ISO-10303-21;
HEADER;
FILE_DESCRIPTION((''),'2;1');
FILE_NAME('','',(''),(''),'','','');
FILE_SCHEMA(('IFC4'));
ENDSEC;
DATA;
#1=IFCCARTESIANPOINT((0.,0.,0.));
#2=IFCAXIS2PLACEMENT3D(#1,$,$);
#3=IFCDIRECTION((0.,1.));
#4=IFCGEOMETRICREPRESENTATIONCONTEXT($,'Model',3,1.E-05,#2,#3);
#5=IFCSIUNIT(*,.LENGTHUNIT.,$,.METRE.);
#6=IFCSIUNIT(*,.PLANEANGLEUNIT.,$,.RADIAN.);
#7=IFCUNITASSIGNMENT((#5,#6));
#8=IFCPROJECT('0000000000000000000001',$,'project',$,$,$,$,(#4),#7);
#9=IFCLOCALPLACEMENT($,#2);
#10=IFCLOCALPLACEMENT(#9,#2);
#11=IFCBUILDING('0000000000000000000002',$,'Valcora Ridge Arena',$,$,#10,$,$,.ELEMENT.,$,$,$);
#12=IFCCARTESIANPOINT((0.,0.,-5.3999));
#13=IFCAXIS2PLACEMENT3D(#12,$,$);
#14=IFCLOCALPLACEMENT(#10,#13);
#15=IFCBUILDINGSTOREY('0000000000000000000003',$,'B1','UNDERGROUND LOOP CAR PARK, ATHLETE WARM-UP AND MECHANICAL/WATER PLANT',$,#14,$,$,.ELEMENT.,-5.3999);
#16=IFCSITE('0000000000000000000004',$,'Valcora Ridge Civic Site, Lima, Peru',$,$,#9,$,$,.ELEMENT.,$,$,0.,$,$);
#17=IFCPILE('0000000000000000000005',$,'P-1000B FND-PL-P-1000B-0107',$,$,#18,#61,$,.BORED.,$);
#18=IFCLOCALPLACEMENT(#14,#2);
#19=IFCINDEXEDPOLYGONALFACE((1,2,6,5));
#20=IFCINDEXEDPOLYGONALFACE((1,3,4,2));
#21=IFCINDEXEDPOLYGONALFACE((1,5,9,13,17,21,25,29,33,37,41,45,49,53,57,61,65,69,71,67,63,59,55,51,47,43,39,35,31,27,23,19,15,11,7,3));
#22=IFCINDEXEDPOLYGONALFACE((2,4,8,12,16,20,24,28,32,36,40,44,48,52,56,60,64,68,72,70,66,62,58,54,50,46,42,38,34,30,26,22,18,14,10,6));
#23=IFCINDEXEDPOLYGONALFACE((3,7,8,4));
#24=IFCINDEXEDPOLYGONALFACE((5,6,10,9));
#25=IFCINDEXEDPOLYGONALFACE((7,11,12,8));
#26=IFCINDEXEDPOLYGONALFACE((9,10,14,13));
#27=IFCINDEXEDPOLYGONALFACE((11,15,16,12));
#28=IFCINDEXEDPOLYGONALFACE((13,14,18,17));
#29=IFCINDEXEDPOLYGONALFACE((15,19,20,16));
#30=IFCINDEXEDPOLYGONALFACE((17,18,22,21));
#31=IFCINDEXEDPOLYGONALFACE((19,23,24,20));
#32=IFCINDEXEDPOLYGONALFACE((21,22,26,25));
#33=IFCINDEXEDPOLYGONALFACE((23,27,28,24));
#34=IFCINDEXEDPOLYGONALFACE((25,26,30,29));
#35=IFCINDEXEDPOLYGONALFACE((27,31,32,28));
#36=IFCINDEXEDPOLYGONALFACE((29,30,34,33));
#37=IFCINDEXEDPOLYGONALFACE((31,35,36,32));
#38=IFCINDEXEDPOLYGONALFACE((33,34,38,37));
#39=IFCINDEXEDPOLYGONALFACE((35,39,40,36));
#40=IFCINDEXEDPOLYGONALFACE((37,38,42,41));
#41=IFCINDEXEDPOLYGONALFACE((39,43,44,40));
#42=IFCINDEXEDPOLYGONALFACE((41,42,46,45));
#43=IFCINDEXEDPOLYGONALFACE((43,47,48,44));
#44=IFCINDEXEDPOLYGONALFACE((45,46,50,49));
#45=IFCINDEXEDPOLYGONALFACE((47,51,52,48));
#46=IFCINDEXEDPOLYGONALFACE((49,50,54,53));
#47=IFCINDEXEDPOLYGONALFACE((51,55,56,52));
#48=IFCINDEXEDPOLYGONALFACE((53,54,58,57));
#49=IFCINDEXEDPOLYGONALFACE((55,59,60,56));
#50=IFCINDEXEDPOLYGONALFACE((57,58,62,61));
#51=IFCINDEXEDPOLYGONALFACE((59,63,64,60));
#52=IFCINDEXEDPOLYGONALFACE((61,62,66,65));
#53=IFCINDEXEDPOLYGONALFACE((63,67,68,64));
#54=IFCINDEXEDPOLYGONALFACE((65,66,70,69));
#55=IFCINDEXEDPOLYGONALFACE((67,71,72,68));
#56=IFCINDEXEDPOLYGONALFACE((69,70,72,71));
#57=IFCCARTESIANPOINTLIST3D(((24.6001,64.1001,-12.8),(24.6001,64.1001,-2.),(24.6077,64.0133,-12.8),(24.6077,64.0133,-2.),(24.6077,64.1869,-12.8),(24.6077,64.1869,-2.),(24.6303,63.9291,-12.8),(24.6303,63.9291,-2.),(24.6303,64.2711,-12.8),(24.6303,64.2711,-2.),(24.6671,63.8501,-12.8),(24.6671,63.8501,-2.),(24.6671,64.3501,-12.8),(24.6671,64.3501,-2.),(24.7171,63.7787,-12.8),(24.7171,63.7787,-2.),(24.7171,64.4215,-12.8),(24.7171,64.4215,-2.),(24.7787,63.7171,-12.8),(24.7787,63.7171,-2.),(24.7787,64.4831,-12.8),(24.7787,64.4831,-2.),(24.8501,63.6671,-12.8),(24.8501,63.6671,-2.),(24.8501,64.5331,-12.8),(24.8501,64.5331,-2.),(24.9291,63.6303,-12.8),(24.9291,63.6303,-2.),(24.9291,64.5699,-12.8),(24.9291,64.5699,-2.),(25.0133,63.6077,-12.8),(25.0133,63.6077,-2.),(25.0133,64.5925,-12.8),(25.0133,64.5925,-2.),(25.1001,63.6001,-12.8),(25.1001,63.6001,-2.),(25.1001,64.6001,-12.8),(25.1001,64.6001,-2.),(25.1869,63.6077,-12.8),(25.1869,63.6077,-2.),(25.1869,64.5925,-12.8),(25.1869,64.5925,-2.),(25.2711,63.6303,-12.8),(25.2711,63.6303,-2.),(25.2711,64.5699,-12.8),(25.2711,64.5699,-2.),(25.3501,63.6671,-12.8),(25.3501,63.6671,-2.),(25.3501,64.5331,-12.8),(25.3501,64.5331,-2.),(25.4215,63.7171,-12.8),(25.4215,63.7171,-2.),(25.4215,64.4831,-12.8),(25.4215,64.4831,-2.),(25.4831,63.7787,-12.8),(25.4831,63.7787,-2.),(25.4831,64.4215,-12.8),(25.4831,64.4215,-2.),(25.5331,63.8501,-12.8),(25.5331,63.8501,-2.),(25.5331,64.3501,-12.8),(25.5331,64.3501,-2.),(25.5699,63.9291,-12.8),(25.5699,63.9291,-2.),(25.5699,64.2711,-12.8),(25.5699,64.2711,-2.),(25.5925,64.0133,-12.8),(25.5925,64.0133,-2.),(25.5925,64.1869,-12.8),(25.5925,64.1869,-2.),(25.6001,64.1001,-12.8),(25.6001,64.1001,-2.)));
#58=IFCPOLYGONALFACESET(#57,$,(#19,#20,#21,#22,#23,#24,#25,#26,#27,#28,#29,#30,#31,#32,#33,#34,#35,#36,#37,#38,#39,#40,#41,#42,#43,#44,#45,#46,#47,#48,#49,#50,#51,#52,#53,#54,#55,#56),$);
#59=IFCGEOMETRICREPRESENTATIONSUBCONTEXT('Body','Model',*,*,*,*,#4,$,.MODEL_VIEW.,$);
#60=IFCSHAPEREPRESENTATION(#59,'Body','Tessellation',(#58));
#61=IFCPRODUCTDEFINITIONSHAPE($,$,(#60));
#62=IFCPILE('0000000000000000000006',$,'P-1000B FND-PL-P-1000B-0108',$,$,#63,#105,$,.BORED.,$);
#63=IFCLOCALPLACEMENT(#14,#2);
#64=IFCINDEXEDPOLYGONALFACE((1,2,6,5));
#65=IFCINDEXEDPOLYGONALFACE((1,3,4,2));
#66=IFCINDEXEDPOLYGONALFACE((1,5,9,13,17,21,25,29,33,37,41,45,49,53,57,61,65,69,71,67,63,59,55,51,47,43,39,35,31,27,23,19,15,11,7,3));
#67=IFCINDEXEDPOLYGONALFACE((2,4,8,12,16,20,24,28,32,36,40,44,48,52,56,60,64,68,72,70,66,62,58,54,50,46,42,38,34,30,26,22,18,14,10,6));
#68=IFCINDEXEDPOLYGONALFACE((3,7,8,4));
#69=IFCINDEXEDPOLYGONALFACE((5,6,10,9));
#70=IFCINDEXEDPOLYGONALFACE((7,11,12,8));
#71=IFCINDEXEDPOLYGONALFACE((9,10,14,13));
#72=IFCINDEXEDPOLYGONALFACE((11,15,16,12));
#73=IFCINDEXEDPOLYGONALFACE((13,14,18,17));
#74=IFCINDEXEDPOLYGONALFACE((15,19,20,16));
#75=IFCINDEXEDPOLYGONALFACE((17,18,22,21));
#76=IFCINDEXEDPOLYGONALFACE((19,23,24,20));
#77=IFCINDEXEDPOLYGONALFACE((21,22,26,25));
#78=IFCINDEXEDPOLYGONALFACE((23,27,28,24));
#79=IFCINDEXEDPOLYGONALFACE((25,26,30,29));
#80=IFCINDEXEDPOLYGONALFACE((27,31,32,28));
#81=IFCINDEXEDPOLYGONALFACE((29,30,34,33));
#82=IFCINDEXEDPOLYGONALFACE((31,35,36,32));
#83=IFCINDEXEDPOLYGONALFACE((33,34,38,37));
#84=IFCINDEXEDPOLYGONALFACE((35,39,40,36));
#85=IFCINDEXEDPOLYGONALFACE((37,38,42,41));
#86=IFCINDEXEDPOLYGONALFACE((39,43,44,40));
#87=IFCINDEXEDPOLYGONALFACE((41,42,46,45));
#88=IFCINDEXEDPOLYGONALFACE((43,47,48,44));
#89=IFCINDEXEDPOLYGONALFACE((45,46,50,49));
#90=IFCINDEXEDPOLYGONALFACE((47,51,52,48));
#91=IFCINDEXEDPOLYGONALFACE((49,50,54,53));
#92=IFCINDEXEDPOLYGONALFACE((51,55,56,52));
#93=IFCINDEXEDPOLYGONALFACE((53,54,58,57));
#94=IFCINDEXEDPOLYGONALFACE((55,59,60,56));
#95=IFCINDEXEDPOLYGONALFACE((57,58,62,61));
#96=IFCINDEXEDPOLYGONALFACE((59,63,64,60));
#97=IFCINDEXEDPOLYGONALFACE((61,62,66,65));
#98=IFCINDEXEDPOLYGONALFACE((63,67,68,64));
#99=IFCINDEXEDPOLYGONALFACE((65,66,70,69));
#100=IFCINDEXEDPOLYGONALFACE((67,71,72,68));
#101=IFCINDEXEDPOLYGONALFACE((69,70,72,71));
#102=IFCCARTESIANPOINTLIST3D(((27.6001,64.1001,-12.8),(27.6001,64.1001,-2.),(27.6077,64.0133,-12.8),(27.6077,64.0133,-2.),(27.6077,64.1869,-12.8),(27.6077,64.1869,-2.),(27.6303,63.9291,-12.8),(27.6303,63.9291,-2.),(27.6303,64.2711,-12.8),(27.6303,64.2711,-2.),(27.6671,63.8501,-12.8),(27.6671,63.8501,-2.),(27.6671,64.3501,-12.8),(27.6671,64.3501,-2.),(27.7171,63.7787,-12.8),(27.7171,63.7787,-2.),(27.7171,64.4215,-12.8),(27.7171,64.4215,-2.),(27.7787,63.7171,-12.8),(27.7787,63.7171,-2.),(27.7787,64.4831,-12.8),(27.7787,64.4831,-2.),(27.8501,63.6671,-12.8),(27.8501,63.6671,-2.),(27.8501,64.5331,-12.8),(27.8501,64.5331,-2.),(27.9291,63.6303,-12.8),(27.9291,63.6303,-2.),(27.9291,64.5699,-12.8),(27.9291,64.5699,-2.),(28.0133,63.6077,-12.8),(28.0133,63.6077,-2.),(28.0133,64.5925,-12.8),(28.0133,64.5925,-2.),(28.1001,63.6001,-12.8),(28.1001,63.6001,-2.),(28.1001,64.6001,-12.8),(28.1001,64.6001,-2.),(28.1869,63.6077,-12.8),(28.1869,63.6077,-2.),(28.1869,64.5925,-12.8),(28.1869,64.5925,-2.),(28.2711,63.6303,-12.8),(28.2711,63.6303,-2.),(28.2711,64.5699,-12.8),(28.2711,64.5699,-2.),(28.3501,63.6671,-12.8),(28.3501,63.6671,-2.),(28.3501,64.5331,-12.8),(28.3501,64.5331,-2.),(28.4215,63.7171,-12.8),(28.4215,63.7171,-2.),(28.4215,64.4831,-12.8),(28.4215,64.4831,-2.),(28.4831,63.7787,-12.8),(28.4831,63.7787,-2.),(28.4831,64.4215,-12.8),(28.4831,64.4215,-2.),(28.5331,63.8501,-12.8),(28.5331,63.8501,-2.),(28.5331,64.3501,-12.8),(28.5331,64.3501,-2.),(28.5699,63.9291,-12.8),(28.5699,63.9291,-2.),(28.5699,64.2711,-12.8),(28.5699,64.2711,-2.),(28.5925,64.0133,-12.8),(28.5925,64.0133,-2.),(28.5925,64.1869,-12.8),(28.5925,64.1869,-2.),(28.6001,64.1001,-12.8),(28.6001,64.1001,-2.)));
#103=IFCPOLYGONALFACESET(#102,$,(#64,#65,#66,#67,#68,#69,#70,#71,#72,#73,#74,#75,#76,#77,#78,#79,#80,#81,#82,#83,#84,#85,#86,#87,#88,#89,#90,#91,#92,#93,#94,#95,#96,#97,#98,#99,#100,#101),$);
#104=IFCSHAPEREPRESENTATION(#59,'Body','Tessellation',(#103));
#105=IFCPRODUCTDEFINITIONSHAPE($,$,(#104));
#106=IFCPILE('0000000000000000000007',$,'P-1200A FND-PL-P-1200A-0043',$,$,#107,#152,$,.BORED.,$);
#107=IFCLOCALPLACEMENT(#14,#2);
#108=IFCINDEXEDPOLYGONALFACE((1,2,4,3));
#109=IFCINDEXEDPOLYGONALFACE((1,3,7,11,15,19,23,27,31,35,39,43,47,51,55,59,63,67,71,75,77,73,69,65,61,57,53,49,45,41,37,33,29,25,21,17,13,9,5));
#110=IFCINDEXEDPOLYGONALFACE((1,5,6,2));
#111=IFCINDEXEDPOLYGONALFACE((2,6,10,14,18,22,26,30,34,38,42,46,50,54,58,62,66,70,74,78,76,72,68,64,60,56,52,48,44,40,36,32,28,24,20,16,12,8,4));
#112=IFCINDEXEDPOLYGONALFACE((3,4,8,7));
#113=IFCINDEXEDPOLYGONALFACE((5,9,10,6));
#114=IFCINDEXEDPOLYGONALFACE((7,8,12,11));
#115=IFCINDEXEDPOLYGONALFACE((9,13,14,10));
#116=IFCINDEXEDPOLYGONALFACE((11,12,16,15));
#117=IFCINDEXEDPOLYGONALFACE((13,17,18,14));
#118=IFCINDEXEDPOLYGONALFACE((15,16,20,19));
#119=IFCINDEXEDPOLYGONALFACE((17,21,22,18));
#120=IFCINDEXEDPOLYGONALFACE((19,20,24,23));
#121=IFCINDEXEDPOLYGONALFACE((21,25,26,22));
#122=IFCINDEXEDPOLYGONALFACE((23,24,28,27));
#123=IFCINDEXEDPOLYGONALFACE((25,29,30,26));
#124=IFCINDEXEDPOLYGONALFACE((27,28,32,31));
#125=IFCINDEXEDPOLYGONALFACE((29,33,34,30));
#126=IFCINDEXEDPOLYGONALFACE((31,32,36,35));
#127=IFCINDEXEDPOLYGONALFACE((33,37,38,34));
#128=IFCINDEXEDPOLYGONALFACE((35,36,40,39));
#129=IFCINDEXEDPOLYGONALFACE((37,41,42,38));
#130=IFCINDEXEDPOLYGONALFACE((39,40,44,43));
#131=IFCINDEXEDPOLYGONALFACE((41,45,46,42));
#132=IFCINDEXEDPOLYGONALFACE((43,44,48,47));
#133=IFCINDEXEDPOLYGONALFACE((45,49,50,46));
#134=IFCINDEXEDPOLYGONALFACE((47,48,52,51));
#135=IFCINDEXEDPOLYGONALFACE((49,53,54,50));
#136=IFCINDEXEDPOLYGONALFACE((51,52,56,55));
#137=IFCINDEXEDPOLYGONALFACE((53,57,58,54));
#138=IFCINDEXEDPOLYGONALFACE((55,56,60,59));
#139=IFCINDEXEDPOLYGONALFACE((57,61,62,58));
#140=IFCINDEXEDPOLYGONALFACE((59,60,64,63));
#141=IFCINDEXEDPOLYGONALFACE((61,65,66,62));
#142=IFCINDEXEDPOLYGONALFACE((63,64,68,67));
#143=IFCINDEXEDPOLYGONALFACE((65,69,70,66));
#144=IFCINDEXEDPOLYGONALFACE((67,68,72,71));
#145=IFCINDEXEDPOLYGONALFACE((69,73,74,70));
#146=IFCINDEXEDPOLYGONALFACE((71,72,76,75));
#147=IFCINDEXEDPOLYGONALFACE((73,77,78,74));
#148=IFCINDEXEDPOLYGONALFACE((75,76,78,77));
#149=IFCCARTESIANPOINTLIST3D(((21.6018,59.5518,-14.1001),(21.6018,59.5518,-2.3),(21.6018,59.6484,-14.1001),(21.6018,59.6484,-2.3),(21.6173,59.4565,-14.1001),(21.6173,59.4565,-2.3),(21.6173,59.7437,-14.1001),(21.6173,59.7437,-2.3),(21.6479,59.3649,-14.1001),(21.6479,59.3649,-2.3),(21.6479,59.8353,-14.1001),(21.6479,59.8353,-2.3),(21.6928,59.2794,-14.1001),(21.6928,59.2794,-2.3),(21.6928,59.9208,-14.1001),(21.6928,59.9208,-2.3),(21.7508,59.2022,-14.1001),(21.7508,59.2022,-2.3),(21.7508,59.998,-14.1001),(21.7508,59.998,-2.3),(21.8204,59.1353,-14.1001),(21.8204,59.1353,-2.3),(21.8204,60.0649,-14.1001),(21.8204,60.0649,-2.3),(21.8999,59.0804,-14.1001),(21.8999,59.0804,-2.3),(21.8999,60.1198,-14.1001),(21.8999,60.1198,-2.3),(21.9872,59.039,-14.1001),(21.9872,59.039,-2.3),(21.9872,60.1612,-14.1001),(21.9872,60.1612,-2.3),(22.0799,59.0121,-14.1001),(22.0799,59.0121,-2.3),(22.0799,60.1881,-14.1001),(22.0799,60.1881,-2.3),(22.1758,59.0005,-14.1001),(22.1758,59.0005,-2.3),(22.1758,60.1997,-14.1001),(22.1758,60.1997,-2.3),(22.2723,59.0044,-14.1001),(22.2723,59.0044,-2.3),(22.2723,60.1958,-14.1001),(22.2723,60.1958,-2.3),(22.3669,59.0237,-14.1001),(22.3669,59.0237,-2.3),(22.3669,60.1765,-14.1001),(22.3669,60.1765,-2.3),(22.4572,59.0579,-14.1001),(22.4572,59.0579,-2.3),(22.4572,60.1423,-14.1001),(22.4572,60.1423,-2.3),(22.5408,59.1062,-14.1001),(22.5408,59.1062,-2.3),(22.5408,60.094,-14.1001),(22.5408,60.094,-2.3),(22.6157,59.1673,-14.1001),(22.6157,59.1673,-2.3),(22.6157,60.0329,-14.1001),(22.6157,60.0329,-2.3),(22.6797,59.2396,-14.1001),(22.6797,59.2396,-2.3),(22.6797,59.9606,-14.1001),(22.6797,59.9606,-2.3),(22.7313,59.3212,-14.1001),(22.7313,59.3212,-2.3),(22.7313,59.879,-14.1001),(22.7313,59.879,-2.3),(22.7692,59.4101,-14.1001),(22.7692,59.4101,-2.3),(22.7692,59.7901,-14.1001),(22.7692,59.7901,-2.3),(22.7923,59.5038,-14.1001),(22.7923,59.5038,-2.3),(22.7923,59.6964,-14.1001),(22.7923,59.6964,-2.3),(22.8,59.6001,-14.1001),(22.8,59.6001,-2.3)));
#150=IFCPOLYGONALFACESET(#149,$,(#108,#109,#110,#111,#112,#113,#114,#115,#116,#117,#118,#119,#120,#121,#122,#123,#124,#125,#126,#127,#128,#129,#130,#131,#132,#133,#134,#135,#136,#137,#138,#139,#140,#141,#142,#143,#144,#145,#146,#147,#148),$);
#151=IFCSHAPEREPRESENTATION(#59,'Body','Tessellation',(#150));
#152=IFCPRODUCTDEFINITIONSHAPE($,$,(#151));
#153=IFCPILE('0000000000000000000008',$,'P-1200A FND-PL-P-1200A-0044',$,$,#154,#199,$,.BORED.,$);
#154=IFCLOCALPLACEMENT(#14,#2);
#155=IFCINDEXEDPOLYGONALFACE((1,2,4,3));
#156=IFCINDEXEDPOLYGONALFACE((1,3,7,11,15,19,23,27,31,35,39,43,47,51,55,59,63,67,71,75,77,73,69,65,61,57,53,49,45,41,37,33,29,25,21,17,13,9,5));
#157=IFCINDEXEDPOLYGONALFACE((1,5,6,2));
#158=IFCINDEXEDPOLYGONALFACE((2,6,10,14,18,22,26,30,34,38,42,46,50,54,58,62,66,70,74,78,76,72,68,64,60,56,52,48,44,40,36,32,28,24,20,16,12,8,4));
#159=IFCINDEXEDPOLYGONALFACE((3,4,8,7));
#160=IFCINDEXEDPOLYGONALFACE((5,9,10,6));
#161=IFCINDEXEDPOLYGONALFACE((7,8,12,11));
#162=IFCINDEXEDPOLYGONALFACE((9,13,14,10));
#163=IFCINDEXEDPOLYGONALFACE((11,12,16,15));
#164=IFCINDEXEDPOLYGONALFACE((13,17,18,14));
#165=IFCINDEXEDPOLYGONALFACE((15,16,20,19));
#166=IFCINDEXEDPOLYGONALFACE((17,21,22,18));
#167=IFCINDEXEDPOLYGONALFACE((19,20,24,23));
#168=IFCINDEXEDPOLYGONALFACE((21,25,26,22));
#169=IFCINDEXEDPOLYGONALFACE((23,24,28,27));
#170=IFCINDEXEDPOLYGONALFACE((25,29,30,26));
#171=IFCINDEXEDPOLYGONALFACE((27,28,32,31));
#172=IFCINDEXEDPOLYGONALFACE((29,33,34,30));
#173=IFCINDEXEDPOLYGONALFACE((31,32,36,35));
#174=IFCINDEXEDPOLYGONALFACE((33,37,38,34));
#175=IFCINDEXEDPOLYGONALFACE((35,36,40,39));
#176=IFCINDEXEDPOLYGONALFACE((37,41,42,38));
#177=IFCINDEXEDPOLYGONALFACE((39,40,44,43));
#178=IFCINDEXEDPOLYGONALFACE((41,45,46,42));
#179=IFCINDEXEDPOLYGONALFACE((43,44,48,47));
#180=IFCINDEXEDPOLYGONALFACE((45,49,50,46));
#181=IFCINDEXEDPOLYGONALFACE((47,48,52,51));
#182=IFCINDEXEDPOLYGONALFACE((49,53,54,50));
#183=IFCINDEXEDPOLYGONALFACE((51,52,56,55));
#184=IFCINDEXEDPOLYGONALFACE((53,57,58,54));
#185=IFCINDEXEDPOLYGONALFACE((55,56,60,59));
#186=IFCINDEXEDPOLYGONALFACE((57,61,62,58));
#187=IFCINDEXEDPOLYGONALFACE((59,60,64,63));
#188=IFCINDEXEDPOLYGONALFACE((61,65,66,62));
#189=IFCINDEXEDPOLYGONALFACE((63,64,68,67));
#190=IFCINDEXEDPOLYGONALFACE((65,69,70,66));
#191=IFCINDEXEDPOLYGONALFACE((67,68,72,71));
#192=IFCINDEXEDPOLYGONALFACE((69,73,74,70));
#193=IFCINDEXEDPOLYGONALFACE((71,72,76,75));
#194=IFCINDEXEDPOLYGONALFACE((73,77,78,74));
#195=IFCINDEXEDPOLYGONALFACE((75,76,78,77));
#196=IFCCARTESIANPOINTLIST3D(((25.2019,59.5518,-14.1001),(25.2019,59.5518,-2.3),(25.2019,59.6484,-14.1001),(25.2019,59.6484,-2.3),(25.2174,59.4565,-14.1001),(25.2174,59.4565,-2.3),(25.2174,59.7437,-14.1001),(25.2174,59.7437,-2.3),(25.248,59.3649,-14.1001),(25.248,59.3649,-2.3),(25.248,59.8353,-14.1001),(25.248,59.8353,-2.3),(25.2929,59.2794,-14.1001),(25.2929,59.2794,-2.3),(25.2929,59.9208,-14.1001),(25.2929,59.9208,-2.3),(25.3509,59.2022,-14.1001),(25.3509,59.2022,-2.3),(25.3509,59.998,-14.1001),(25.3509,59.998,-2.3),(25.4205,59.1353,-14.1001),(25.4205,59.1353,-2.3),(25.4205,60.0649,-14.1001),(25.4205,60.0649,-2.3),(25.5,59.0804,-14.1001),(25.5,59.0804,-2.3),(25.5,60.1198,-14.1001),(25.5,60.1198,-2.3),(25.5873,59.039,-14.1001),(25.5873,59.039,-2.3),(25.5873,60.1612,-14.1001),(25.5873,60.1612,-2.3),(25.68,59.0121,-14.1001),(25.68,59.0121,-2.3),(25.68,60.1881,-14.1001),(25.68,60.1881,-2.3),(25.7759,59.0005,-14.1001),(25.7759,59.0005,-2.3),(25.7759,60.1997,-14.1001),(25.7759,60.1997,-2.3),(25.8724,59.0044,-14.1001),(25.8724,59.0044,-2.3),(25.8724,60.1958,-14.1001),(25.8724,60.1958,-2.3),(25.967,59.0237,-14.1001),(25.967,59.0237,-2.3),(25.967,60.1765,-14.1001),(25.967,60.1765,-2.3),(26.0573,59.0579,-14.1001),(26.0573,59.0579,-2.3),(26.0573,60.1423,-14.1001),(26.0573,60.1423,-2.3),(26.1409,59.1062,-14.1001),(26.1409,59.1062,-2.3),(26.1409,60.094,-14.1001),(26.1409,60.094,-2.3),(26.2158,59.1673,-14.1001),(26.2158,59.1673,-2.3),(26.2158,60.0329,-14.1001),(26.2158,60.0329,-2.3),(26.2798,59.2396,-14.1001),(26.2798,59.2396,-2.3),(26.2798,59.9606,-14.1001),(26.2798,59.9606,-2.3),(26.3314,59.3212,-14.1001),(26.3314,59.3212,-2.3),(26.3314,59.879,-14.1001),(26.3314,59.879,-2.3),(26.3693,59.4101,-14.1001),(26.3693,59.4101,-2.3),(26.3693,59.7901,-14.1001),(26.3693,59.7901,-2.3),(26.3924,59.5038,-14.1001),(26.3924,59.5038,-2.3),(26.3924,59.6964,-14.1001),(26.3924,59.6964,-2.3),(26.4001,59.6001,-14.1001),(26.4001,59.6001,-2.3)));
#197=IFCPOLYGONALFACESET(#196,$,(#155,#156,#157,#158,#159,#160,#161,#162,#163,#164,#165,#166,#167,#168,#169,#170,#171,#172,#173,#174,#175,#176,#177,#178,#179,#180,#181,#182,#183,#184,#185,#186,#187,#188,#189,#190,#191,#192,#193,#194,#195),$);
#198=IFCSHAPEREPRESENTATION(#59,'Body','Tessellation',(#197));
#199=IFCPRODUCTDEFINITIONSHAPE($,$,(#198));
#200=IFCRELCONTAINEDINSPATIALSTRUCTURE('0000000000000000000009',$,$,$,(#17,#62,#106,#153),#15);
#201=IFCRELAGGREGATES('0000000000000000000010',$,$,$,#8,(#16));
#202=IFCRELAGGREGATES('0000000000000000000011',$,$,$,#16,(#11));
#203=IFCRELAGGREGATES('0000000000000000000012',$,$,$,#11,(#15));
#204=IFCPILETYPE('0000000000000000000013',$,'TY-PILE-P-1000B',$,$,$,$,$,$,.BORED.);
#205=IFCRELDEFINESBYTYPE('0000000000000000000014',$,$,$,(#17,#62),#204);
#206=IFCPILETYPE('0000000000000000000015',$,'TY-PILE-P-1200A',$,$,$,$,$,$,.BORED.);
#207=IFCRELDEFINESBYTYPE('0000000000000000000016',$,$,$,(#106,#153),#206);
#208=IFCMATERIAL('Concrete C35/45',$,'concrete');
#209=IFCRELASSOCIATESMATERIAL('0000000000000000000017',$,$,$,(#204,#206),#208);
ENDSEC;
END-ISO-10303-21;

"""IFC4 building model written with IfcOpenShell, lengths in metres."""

from ifc_helpers import new_model, si_unit, direction, frame, origin, origin_2d, place, context, subcontext, project, spatial, circle, extrude, material, material_profile, profile_set, type_object, element, save


model = new_model("IFC4")

# Units and contexts
model_context = context("Model", 3, precision=1e-05, world=origin(), true_north=direction((0.0, 1.0)))
body_context = subcontext(model_context, "Body", "Model", "MODEL_VIEW")
ifc_project = project(units=[si_unit("LENGTHUNIT", "METRE"), si_unit("PLANEANGLEUNIT", "RADIAN")], contexts=[model_context])

# Site, building, storey
site_placement = place(None, origin())
site = spatial("IfcSite", under=ifc_project, at=site_placement, Name="Valcora Ridge Civic Site, Lima, Peru", CompositionType="ELEMENT", RefElevation=0.0)
building_placement = place(site_placement, origin())
building = spatial("IfcBuilding", under=site, at=building_placement, Name="Valcora Ridge Arena", CompositionType="ELEMENT")
storey_placement = place(building_placement, frame((0.0, 0.0, -5.3999)))
storey = spatial("IfcBuildingStorey", under=building, at=storey_placement, Name="B1", Description="UNDERGROUND LOOP CAR PARK, ATHLETE WARM-UP AND MECHANICAL/WATER PLANT", CompositionType="ELEMENT", Elevation=-5.3999)

# Piles
ifc_material_1 = material(Name="Concrete C35/45", Category="concrete")
ifc_material_profile_1 = material_profile(ifc_material_1, circle(Radius=0.5, at=origin_2d()), Name="BORED PILE D1000")
ifc_profile_set_1 = profile_set([ifc_material_profile_1], Name="Concrete C35/45")
pile_type_1 = type_object("IfcPileType", Name="TY-PILE-P-1000B", PredefinedType="BORED", material=ifc_profile_set_1)
for number, where, z_axis, x_axis, name in (
    (1, (25.1001, 64.1001, -2.0), (0.0, 0.0, -1.0), (1.0, 0.0, 0.0), "P-1000B FND-PL-P-1000B-0107"),
    (2, (28.1001, 64.1001, -2.0), (0.0, 0.0, -1.0), (1.0, 0.0, 0.0), "P-1000B FND-PL-P-1000B-0108"),
):
    element("IfcPile", number, at=place(storey_placement, frame(where, z_axis=z_axis, x_axis=x_axis)), inside=storey, type_object=pile_type_1, Name=name, PredefinedType="BORED", context=body_context, shape_type="SweptSolid", body=[
        extrude(circle(Radius=0.5, at=origin_2d()), origin(), (0.0, 0.0, 1.0), 10.8),
    ])
ifc_material_profile_2 = material_profile(ifc_material_1, circle(Radius=0.6001, at=origin_2d()), Name="BORED PILE D1200")
ifc_profile_set_2 = profile_set([ifc_material_profile_2], Name="Concrete C35/45")
pile_type_2 = type_object("IfcPileType", Name="TY-PILE-P-1200A", PredefinedType="BORED", material=ifc_profile_set_2)
for number, where, z_axis, x_axis, name in (
    (3, (22.2, 59.6001, -2.3), (0.0, 0.0, -1.0), (1.0, 0.0, 0.0), "P-1200A FND-PL-P-1200A-0043"),
    (4, (25.8, 59.6001, -2.3), (0.0, 0.0, -1.0), (1.0, 0.0, 0.0), "P-1200A FND-PL-P-1200A-0044"),
):
    element("IfcPile", number, at=place(storey_placement, frame(where, z_axis=z_axis, x_axis=x_axis)), inside=storey, type_object=pile_type_2, Name=name, PredefinedType="BORED", context=body_context, shape_type="SweptSolid", body=[
        extrude(circle(Radius=0.6001, at=origin_2d()), origin(), (0.0, 0.0, 1.0), 11.8),
    ])

save(model, "model.ifc")
